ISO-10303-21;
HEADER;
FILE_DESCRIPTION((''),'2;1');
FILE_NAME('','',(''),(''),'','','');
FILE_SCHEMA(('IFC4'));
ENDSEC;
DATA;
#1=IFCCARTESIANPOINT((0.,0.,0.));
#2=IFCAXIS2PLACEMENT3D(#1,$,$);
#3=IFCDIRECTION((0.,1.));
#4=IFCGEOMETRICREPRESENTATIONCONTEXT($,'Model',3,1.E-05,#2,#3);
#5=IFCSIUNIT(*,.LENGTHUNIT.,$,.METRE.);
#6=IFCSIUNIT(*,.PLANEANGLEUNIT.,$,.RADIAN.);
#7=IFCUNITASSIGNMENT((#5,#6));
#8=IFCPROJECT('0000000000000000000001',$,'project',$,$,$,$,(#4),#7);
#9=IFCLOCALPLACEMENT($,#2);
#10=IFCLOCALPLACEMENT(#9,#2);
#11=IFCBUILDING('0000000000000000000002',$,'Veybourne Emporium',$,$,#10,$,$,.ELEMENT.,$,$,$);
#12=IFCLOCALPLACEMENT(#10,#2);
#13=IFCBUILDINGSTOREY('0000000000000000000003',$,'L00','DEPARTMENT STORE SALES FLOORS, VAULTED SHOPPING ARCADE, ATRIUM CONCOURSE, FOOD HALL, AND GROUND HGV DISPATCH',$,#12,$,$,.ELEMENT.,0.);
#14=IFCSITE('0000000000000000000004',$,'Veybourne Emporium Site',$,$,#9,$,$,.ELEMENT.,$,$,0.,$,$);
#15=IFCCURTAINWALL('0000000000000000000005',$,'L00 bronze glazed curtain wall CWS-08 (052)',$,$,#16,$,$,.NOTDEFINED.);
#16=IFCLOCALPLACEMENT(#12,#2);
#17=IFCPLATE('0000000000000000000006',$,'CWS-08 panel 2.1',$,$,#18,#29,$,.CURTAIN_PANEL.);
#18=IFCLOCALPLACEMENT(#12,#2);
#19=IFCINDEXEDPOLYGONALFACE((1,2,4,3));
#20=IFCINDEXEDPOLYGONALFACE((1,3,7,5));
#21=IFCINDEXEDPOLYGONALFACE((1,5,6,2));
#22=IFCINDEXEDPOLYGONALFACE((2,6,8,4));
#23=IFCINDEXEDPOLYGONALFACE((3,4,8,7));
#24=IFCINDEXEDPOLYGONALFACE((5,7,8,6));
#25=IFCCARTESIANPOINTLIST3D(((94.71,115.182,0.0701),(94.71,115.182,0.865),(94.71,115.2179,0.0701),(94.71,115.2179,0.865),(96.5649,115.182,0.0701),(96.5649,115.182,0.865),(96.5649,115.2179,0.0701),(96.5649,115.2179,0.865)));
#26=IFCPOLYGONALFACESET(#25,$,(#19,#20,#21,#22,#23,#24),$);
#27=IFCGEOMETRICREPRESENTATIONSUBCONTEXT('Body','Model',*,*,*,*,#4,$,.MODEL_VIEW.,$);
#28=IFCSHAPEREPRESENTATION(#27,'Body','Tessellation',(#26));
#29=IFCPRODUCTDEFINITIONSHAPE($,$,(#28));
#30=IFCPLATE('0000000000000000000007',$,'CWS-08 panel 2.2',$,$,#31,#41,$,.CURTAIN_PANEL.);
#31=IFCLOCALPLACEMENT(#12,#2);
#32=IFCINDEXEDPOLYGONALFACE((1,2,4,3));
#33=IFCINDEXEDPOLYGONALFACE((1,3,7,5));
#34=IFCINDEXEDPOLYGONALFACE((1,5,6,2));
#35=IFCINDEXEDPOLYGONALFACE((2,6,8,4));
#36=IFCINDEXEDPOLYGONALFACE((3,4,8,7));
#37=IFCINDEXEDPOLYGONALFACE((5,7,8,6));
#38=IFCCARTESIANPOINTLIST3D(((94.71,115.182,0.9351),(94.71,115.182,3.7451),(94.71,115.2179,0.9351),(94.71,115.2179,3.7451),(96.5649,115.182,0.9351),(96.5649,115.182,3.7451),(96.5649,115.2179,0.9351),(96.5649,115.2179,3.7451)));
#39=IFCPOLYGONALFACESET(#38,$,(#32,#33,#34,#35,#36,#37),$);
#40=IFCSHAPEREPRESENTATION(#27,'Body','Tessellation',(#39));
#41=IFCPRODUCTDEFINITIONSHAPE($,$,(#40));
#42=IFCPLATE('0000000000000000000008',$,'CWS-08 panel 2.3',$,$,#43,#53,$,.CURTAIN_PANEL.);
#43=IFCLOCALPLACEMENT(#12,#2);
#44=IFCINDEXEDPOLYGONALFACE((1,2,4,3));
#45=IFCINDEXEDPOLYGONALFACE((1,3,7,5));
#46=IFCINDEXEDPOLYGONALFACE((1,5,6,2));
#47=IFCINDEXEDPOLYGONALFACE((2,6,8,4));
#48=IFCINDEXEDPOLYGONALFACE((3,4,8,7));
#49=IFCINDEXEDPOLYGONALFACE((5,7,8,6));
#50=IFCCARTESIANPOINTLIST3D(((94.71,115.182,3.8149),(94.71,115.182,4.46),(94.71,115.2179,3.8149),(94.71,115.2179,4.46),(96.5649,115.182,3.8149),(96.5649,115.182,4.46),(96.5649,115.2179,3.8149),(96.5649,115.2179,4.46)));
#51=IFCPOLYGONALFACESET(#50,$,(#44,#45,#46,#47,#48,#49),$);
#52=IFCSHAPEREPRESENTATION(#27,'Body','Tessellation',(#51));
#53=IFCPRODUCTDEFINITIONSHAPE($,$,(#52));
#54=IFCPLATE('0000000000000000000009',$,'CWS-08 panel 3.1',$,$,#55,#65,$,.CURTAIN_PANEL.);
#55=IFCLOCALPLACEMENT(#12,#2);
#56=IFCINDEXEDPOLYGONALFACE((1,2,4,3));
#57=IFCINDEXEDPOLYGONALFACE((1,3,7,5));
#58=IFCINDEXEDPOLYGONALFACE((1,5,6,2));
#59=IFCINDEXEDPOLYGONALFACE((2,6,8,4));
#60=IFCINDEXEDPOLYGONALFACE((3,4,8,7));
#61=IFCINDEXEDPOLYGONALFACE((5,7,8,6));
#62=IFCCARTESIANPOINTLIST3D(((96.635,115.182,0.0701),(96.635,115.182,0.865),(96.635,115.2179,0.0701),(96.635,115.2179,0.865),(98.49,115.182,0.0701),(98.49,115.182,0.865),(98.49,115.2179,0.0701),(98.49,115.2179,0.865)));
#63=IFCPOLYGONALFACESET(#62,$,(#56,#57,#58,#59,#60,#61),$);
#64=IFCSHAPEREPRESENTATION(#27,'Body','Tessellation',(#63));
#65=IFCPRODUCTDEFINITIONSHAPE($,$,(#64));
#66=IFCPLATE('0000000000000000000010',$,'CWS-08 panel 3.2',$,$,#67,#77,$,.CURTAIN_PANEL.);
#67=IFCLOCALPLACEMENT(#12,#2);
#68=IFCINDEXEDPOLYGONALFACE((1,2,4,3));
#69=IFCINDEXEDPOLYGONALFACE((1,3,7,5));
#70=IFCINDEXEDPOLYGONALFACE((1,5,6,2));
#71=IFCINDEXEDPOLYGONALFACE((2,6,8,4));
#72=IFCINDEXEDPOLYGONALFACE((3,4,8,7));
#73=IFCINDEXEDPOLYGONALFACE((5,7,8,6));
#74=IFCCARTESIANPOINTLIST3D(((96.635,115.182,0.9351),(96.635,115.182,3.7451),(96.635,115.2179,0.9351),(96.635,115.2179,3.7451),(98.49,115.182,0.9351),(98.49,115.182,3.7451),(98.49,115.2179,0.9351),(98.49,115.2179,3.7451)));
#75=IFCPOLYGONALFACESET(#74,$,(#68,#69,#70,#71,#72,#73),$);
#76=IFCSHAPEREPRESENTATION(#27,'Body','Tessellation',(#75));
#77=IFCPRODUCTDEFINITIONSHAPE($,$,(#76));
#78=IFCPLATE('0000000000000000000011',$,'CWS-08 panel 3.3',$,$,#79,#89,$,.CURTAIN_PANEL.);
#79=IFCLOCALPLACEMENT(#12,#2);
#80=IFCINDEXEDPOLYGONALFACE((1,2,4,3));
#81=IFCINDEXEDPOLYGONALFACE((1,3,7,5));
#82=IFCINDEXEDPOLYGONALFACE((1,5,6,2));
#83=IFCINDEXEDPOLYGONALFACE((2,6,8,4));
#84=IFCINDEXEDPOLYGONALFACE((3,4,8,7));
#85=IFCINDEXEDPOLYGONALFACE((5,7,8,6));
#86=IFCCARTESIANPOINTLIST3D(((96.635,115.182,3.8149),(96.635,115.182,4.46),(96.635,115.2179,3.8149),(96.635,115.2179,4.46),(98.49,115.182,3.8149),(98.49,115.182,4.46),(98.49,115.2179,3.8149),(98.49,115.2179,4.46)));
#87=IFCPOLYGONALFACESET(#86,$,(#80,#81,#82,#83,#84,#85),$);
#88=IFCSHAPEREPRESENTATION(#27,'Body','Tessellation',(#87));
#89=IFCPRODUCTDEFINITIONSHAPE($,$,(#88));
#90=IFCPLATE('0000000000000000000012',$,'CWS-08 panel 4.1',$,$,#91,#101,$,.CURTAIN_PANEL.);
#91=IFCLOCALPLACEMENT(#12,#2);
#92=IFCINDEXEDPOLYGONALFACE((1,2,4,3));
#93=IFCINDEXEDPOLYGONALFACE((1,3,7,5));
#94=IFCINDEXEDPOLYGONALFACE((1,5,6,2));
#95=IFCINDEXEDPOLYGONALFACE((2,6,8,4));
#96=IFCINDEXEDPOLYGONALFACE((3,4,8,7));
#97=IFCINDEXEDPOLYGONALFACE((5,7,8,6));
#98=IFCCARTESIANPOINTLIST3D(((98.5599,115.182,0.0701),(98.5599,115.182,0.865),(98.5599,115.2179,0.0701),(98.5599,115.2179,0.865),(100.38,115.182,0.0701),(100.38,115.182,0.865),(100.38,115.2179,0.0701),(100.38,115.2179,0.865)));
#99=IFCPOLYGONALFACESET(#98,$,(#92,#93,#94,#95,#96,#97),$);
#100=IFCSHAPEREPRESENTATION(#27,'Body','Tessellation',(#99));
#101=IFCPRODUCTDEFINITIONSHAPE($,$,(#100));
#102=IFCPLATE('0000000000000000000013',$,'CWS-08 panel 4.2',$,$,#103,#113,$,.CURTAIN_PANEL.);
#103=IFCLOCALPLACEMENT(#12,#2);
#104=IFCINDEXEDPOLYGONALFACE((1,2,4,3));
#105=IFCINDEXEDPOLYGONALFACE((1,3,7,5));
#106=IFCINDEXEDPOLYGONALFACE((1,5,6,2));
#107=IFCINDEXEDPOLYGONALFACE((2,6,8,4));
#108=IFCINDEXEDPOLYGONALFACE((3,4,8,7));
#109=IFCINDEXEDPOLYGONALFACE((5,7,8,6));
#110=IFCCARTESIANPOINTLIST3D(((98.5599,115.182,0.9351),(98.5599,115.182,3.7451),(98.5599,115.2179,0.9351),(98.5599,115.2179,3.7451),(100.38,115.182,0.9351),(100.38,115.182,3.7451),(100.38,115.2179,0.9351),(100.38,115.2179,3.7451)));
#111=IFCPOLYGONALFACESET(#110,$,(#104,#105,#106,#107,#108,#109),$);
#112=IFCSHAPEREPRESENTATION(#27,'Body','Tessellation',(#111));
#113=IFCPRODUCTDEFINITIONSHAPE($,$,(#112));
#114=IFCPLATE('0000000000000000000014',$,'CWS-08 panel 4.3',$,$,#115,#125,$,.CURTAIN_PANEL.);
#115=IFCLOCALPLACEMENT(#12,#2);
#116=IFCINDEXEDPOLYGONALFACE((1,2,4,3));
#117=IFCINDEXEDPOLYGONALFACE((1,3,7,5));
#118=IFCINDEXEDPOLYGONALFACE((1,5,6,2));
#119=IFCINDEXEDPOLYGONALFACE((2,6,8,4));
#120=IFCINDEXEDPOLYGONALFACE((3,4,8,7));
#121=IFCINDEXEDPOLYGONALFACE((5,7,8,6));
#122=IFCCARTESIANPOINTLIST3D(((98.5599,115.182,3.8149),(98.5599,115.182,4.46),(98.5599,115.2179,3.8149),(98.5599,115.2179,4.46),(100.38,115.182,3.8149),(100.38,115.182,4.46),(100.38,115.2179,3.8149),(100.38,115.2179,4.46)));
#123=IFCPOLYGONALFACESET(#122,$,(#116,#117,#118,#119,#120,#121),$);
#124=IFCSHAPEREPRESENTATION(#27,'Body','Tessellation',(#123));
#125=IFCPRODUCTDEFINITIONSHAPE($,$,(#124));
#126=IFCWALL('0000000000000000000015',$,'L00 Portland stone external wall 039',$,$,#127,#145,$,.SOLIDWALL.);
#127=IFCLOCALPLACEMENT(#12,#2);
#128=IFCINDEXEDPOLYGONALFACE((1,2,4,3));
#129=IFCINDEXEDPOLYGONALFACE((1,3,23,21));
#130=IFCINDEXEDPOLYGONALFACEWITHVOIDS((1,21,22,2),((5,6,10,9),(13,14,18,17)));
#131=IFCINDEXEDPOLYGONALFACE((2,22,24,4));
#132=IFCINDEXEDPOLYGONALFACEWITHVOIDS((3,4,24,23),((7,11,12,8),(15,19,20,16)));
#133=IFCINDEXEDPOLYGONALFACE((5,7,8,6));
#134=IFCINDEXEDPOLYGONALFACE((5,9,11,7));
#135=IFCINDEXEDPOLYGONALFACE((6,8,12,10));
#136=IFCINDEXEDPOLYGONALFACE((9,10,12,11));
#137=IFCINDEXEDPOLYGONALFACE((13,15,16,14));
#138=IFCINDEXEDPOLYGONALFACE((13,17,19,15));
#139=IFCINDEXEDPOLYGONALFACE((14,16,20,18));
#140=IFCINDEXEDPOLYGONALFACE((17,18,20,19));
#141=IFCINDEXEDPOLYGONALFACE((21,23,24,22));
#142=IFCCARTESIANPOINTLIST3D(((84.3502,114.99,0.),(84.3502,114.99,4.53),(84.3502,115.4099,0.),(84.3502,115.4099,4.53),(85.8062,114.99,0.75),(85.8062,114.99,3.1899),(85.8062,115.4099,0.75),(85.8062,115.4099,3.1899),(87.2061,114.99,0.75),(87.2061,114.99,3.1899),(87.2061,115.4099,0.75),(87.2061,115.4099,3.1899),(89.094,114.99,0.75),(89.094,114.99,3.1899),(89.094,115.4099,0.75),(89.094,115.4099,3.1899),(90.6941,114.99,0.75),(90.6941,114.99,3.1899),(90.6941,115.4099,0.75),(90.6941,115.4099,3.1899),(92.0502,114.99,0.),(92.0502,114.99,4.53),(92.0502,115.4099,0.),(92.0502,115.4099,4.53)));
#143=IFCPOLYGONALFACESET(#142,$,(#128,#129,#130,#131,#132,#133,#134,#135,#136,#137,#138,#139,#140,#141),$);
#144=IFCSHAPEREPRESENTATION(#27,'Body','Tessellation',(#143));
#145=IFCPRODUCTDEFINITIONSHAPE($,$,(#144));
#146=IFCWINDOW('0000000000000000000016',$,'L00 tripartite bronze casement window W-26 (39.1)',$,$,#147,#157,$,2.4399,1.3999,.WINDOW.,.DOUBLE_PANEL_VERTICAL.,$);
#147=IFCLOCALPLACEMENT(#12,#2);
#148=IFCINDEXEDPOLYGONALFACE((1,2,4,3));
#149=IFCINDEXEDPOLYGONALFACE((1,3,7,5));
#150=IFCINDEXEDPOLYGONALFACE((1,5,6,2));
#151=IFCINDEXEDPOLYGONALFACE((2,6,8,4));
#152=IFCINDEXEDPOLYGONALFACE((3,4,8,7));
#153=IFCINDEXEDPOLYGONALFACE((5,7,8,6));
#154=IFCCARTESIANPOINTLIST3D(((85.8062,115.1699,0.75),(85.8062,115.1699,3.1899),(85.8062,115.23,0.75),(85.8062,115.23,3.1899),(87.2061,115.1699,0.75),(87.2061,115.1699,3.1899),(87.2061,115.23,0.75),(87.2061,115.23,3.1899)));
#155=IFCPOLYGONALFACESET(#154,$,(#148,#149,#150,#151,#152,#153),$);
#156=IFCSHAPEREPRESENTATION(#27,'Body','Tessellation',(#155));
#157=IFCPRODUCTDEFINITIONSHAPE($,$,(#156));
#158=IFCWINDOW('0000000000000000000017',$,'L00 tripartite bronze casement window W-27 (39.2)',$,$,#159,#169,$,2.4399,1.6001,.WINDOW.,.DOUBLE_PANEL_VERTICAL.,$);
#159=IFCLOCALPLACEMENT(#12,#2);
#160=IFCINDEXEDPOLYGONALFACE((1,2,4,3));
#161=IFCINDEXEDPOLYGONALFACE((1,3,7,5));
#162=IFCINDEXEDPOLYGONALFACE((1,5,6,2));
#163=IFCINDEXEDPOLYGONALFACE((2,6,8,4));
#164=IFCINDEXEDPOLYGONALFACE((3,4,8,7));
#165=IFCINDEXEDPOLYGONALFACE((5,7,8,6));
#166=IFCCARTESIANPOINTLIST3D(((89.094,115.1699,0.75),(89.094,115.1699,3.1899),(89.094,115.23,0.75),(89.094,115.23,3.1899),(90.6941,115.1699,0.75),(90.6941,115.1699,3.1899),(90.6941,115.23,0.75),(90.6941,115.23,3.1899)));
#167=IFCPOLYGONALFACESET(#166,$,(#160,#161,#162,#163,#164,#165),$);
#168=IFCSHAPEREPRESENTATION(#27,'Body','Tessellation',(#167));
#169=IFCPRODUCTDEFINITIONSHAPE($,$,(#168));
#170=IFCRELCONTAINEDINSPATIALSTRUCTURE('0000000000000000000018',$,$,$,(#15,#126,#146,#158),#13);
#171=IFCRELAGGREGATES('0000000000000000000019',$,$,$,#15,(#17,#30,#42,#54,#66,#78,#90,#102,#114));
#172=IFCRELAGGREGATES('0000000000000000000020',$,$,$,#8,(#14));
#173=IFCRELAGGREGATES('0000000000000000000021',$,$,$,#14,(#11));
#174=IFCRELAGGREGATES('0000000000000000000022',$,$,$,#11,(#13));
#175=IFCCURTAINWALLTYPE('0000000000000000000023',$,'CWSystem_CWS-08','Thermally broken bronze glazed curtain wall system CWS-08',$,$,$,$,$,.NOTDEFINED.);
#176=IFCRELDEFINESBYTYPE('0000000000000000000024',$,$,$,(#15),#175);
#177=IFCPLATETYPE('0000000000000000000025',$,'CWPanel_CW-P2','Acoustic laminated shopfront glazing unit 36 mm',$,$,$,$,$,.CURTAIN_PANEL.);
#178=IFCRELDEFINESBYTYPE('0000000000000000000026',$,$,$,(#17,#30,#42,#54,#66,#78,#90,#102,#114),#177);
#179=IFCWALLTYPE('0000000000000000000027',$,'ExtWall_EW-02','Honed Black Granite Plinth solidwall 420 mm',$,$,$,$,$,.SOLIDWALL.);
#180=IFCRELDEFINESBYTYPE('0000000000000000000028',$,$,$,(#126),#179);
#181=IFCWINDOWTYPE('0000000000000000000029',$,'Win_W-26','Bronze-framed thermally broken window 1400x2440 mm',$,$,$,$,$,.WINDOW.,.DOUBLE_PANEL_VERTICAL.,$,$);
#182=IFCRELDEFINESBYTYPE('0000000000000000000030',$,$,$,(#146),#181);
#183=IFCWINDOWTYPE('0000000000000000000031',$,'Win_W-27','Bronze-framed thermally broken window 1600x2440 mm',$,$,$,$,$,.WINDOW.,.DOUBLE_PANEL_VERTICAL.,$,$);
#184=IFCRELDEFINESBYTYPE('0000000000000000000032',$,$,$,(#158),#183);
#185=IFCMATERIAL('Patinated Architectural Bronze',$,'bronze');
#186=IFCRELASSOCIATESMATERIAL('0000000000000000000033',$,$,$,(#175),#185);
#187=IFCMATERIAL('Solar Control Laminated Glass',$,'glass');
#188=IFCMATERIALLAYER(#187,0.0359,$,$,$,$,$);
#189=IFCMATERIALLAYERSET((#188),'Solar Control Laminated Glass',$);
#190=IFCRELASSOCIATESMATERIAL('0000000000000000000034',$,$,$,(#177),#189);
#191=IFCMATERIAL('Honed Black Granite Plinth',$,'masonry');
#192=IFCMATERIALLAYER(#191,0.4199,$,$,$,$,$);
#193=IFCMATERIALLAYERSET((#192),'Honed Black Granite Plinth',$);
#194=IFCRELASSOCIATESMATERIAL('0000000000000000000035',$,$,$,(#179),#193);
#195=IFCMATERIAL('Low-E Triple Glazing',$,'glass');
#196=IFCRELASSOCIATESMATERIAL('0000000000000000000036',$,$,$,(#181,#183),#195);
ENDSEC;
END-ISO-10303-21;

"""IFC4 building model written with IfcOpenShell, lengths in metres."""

from ifc_helpers import new_model, si_unit, direction, frame, frame_2d, origin, origin_2d, place, context, subcontext, project, spatial, rectangle, extrude, material, layer, layer_set, type_object, element, fill, aggregate, save


model = new_model("IFC4")

# Units and contexts
model_context = context("Model", 3, precision=1e-05, world=origin(), true_north=direction((0.0, 1.0)))
body_context = subcontext(model_context, "Body", "Model", "MODEL_VIEW")
ifc_project = project(units=[si_unit("LENGTHUNIT", "METRE"), si_unit("PLANEANGLEUNIT", "RADIAN")], contexts=[model_context])

# Site, building, storey
site_placement = place(None, origin())
site = spatial("IfcSite", under=ifc_project, at=site_placement, Name="Veybourne Emporium Site", CompositionType="ELEMENT", RefElevation=0.0)
building_placement = place(site_placement, origin())
building = spatial("IfcBuilding", under=site, at=building_placement, Name="Veybourne Emporium", CompositionType="ELEMENT")
storey_placement = place(building_placement, origin())
storey = spatial("IfcBuildingStorey", under=building, at=storey_placement, Name="L00", Description="DEPARTMENT STORE SALES FLOORS, VAULTED SHOPPING ARCADE, ATRIUM CONCOURSE, FOOD HALL, AND GROUND HGV DISPATCH", CompositionType="ELEMENT", Elevation=0.0)

# Curtain wall
ifc_material_1 = material(Name="Patinated Architectural Bronze", Category="bronze")
curtain_wall_type = type_object("IfcCurtainWallType", Name="CWSystem_CWS-08", Description="Thermally broken bronze glazed curtain wall system CWS-08", PredefinedType="NOTDEFINED", material=ifc_material_1)
curtain_wall_placement = place(storey_placement, origin())
curtain_wall = element("IfcCurtainWall", 1, at=curtain_wall_placement, inside=storey, type_object=curtain_wall_type, Name="L00 bronze glazed curtain wall CWS-08 (052)", PredefinedType="NOTDEFINED")

# Plates
ifc_material_2 = material(Name="Solar Control Laminated Glass", Category="glass")
ifc_layer_1 = layer(ifc_material_2, 0.0359)
ifc_layer_set_1 = layer_set([ifc_layer_1], Name="Solar Control Laminated Glass")
plate_type = type_object("IfcPlateType", Name="CWPanel_CW-P2", Description="Acoustic laminated shopfront glazing unit 36 mm", PredefinedType="CURTAIN_PANEL", material=ifc_layer_set_1)
plate_1_placement = place(storey_placement, frame((95.6375, 115.2, 0.0701), z_axis=(0.0, 0.0, 1.0), x_axis=(1.0, 0.0, 0.0)))
plate_1 = element("IfcPlate", 2, at=plate_1_placement, type_object=plate_type, Name="CWS-08 panel 2.1", PredefinedType="CURTAIN_PANEL", context=body_context, shape_type="SweptSolid", body=[
    extrude(rectangle(XDim=1.855, YDim=0.0359, at=origin_2d()), origin(), (0.0, 0.0, 1.0), 0.7949),
])
plate_2_placement = place(storey_placement, frame((95.6375, 115.2, 0.9351), z_axis=(0.0, 0.0, 1.0), x_axis=(1.0, 0.0, 0.0)))
plate_2 = element("IfcPlate", 3, at=plate_2_placement, type_object=plate_type, Name="CWS-08 panel 2.2", PredefinedType="CURTAIN_PANEL", context=body_context, shape_type="SweptSolid", body=[
    extrude(rectangle(XDim=1.855, YDim=0.0359, at=origin_2d()), origin(), (0.0, 0.0, 1.0), 2.8101),
])
plate_3_placement = place(storey_placement, frame((95.6375, 115.2, 3.8149), z_axis=(0.0, 0.0, 1.0), x_axis=(1.0, 0.0, 0.0)))
plate_3 = element("IfcPlate", 4, at=plate_3_placement, type_object=plate_type, Name="CWS-08 panel 2.3", PredefinedType="CURTAIN_PANEL", context=body_context, shape_type="SweptSolid", body=[
    extrude(rectangle(XDim=1.855, YDim=0.0359, at=origin_2d()), origin(), (0.0, 0.0, 1.0), 0.645),
])
plate_4_placement = place(storey_placement, frame((97.5625, 115.2, 0.0701), z_axis=(0.0, 0.0, 1.0), x_axis=(1.0, 0.0, 0.0)))
plate_4 = element("IfcPlate", 5, at=plate_4_placement, type_object=plate_type, Name="CWS-08 panel 3.1", PredefinedType="CURTAIN_PANEL", context=body_context, shape_type="SweptSolid", body=[
    extrude(rectangle(XDim=1.855, YDim=0.0359, at=origin_2d()), origin(), (0.0, 0.0, 1.0), 0.7949),
])
plate_5_placement = place(storey_placement, frame((97.5625, 115.2, 0.9351), z_axis=(0.0, 0.0, 1.0), x_axis=(1.0, 0.0, 0.0)))
plate_5 = element("IfcPlate", 6, at=plate_5_placement, type_object=plate_type, Name="CWS-08 panel 3.2", PredefinedType="CURTAIN_PANEL", context=body_context, shape_type="SweptSolid", body=[
    extrude(rectangle(XDim=1.855, YDim=0.0359, at=origin_2d()), origin(), (0.0, 0.0, 1.0), 2.8101),
])
plate_6_placement = place(storey_placement, frame((97.5625, 115.2, 3.8149), z_axis=(0.0, 0.0, 1.0), x_axis=(1.0, 0.0, 0.0)))
plate_6 = element("IfcPlate", 7, at=plate_6_placement, type_object=plate_type, Name="CWS-08 panel 3.3", PredefinedType="CURTAIN_PANEL", context=body_context, shape_type="SweptSolid", body=[
    extrude(rectangle(XDim=1.855, YDim=0.0359, at=origin_2d()), origin(), (0.0, 0.0, 1.0), 0.645),
])
plate_7_placement = place(storey_placement, frame((99.47, 115.2, 0.0701), z_axis=(0.0, 0.0, 1.0), x_axis=(1.0, 0.0, 0.0)))
plate_7 = element("IfcPlate", 8, at=plate_7_placement, type_object=plate_type, Name="CWS-08 panel 4.1", PredefinedType="CURTAIN_PANEL", context=body_context, shape_type="SweptSolid", body=[
    extrude(rectangle(XDim=1.8201, YDim=0.0359, at=origin_2d()), origin(), (0.0, 0.0, 1.0), 0.7949),
])
plate_8_placement = place(storey_placement, frame((99.47, 115.2, 0.9351), z_axis=(0.0, 0.0, 1.0), x_axis=(1.0, 0.0, 0.0)))
plate_8 = element("IfcPlate", 9, at=plate_8_placement, type_object=plate_type, Name="CWS-08 panel 4.2", PredefinedType="CURTAIN_PANEL", context=body_context, shape_type="SweptSolid", body=[
    extrude(rectangle(XDim=1.8201, YDim=0.0359, at=origin_2d()), origin(), (0.0, 0.0, 1.0), 2.8101),
])
plate_9_placement = place(storey_placement, frame((99.47, 115.2, 3.8149), z_axis=(0.0, 0.0, 1.0), x_axis=(1.0, 0.0, 0.0)))
plate_9 = element("IfcPlate", 10, at=plate_9_placement, type_object=plate_type, Name="CWS-08 panel 4.3", PredefinedType="CURTAIN_PANEL", context=body_context, shape_type="SweptSolid", body=[
    extrude(rectangle(XDim=1.8201, YDim=0.0359, at=origin_2d()), origin(), (0.0, 0.0, 1.0), 0.645),
])
aggregate(curtain_wall, [plate_1, plate_2, plate_3, plate_4, plate_5, plate_6, plate_7, plate_8, plate_9])

# Wall, openings, windows
ifc_material_3 = material(Name="Honed Black Granite Plinth", Category="masonry")
ifc_layer_2 = layer(ifc_material_3, 0.4199)
ifc_layer_set_2 = layer_set([ifc_layer_2], Name="Honed Black Granite Plinth")
wall_type = type_object("IfcWallType", Name="ExtWall_EW-02", Description="Honed Black Granite Plinth solidwall 420 mm", PredefinedType="SOLIDWALL", material=ifc_layer_set_2)
wall_placement = place(storey_placement, frame((84.3501, 115.2, 0.0), z_axis=(0.0, 0.0, 1.0), x_axis=(1.0, 0.0, 0.0)))
wall = element("IfcWall", 11, at=wall_placement, inside=storey, type_object=wall_type, Name="L00 Portland stone external wall 039", PredefinedType="SOLIDWALL", context=body_context, shape_type="SweptSolid", body=[
    extrude(rectangle(XDim=7.7, YDim=0.4199, at=frame_2d((3.8501, 0.0))), origin(), (0.0, 0.0, 1.0), 4.53),
])
opening_1_placement = place(wall_placement, frame((1.4561, 0.0, 0.75)))
opening_1 = element("IfcOpeningElement", 12, at=opening_1_placement, cuts=wall, PredefinedType="OPENING", context=body_context, shape_type="SweptSolid", body=[
    extrude(rectangle(XDim=1.3999, YDim=2.4399, at=frame_2d((0.7, 1.22))), frame((0.0, 0.23, 0.0), z_axis=(0.0, -1.0, 0.0), x_axis=(1.0, 0.0, 0.0)), (0.0, 0.0, 1.0), 0.46),
])
opening_2_placement = place(wall_placement, frame((4.7439, 0.0, 0.75)))
opening_2 = element("IfcOpeningElement", 13, at=opening_2_placement, cuts=wall, PredefinedType="OPENING", context=body_context, shape_type="SweptSolid", body=[
    extrude(rectangle(XDim=1.6001, YDim=2.4399, at=frame_2d((0.8, 1.22))), frame((0.0, 0.23, 0.0), z_axis=(0.0, -1.0, 0.0), x_axis=(1.0, 0.0, 0.0)), (0.0, 0.0, 1.0), 0.46),
])
ifc_material_4 = material(Name="Low-E Triple Glazing", Category="glass")
window_type_1 = type_object("IfcWindowType", Name="Win_W-26", Description="Bronze-framed thermally broken window 1400x2440 mm", PartitioningType="DOUBLE_PANEL_VERTICAL", PredefinedType="WINDOW", material=ifc_material_4)
window_1_placement = place(opening_1_placement, origin())
window_1 = element("IfcWindow", 14, at=window_1_placement, inside=storey, type_object=window_type_1, Name="L00 tripartite bronze casement window W-26 (39.1)", OverallHeight=2.4399, OverallWidth=1.3999, PartitioningType="DOUBLE_PANEL_VERTICAL", PredefinedType="WINDOW", context=body_context, shape_type="SweptSolid", body=[
    extrude(rectangle(XDim=1.3999, YDim=2.4399, at=frame_2d((0.7, 1.22))), frame((0.0, 0.03, 0.0), z_axis=(0.0, -1.0, 0.0), x_axis=(1.0, 0.0, 0.0)), (0.0, 0.0, 1.0), 0.0601),
])
fill(opening_1, window_1)
window_type_2 = type_object("IfcWindowType", Name="Win_W-27", Description="Bronze-framed thermally broken window 1600x2440 mm", PartitioningType="DOUBLE_PANEL_VERTICAL", PredefinedType="WINDOW", material=ifc_material_4)
window_2_placement = place(opening_2_placement, origin())
window_2 = element("IfcWindow", 15, at=window_2_placement, inside=storey, type_object=window_type_2, Name="L00 tripartite bronze casement window W-27 (39.2)", OverallHeight=2.4399, OverallWidth=1.6001, PartitioningType="DOUBLE_PANEL_VERTICAL", PredefinedType="WINDOW", context=body_context, shape_type="SweptSolid", body=[
    extrude(rectangle(XDim=1.6001, YDim=2.4399, at=frame_2d((0.8, 1.22))), frame((0.0, 0.03, 0.0), z_axis=(0.0, -1.0, 0.0), x_axis=(1.0, 0.0, 0.0)), (0.0, 0.0, 1.0), 0.0601),
])
fill(opening_2, window_2)

save(model, "model.ifc")
